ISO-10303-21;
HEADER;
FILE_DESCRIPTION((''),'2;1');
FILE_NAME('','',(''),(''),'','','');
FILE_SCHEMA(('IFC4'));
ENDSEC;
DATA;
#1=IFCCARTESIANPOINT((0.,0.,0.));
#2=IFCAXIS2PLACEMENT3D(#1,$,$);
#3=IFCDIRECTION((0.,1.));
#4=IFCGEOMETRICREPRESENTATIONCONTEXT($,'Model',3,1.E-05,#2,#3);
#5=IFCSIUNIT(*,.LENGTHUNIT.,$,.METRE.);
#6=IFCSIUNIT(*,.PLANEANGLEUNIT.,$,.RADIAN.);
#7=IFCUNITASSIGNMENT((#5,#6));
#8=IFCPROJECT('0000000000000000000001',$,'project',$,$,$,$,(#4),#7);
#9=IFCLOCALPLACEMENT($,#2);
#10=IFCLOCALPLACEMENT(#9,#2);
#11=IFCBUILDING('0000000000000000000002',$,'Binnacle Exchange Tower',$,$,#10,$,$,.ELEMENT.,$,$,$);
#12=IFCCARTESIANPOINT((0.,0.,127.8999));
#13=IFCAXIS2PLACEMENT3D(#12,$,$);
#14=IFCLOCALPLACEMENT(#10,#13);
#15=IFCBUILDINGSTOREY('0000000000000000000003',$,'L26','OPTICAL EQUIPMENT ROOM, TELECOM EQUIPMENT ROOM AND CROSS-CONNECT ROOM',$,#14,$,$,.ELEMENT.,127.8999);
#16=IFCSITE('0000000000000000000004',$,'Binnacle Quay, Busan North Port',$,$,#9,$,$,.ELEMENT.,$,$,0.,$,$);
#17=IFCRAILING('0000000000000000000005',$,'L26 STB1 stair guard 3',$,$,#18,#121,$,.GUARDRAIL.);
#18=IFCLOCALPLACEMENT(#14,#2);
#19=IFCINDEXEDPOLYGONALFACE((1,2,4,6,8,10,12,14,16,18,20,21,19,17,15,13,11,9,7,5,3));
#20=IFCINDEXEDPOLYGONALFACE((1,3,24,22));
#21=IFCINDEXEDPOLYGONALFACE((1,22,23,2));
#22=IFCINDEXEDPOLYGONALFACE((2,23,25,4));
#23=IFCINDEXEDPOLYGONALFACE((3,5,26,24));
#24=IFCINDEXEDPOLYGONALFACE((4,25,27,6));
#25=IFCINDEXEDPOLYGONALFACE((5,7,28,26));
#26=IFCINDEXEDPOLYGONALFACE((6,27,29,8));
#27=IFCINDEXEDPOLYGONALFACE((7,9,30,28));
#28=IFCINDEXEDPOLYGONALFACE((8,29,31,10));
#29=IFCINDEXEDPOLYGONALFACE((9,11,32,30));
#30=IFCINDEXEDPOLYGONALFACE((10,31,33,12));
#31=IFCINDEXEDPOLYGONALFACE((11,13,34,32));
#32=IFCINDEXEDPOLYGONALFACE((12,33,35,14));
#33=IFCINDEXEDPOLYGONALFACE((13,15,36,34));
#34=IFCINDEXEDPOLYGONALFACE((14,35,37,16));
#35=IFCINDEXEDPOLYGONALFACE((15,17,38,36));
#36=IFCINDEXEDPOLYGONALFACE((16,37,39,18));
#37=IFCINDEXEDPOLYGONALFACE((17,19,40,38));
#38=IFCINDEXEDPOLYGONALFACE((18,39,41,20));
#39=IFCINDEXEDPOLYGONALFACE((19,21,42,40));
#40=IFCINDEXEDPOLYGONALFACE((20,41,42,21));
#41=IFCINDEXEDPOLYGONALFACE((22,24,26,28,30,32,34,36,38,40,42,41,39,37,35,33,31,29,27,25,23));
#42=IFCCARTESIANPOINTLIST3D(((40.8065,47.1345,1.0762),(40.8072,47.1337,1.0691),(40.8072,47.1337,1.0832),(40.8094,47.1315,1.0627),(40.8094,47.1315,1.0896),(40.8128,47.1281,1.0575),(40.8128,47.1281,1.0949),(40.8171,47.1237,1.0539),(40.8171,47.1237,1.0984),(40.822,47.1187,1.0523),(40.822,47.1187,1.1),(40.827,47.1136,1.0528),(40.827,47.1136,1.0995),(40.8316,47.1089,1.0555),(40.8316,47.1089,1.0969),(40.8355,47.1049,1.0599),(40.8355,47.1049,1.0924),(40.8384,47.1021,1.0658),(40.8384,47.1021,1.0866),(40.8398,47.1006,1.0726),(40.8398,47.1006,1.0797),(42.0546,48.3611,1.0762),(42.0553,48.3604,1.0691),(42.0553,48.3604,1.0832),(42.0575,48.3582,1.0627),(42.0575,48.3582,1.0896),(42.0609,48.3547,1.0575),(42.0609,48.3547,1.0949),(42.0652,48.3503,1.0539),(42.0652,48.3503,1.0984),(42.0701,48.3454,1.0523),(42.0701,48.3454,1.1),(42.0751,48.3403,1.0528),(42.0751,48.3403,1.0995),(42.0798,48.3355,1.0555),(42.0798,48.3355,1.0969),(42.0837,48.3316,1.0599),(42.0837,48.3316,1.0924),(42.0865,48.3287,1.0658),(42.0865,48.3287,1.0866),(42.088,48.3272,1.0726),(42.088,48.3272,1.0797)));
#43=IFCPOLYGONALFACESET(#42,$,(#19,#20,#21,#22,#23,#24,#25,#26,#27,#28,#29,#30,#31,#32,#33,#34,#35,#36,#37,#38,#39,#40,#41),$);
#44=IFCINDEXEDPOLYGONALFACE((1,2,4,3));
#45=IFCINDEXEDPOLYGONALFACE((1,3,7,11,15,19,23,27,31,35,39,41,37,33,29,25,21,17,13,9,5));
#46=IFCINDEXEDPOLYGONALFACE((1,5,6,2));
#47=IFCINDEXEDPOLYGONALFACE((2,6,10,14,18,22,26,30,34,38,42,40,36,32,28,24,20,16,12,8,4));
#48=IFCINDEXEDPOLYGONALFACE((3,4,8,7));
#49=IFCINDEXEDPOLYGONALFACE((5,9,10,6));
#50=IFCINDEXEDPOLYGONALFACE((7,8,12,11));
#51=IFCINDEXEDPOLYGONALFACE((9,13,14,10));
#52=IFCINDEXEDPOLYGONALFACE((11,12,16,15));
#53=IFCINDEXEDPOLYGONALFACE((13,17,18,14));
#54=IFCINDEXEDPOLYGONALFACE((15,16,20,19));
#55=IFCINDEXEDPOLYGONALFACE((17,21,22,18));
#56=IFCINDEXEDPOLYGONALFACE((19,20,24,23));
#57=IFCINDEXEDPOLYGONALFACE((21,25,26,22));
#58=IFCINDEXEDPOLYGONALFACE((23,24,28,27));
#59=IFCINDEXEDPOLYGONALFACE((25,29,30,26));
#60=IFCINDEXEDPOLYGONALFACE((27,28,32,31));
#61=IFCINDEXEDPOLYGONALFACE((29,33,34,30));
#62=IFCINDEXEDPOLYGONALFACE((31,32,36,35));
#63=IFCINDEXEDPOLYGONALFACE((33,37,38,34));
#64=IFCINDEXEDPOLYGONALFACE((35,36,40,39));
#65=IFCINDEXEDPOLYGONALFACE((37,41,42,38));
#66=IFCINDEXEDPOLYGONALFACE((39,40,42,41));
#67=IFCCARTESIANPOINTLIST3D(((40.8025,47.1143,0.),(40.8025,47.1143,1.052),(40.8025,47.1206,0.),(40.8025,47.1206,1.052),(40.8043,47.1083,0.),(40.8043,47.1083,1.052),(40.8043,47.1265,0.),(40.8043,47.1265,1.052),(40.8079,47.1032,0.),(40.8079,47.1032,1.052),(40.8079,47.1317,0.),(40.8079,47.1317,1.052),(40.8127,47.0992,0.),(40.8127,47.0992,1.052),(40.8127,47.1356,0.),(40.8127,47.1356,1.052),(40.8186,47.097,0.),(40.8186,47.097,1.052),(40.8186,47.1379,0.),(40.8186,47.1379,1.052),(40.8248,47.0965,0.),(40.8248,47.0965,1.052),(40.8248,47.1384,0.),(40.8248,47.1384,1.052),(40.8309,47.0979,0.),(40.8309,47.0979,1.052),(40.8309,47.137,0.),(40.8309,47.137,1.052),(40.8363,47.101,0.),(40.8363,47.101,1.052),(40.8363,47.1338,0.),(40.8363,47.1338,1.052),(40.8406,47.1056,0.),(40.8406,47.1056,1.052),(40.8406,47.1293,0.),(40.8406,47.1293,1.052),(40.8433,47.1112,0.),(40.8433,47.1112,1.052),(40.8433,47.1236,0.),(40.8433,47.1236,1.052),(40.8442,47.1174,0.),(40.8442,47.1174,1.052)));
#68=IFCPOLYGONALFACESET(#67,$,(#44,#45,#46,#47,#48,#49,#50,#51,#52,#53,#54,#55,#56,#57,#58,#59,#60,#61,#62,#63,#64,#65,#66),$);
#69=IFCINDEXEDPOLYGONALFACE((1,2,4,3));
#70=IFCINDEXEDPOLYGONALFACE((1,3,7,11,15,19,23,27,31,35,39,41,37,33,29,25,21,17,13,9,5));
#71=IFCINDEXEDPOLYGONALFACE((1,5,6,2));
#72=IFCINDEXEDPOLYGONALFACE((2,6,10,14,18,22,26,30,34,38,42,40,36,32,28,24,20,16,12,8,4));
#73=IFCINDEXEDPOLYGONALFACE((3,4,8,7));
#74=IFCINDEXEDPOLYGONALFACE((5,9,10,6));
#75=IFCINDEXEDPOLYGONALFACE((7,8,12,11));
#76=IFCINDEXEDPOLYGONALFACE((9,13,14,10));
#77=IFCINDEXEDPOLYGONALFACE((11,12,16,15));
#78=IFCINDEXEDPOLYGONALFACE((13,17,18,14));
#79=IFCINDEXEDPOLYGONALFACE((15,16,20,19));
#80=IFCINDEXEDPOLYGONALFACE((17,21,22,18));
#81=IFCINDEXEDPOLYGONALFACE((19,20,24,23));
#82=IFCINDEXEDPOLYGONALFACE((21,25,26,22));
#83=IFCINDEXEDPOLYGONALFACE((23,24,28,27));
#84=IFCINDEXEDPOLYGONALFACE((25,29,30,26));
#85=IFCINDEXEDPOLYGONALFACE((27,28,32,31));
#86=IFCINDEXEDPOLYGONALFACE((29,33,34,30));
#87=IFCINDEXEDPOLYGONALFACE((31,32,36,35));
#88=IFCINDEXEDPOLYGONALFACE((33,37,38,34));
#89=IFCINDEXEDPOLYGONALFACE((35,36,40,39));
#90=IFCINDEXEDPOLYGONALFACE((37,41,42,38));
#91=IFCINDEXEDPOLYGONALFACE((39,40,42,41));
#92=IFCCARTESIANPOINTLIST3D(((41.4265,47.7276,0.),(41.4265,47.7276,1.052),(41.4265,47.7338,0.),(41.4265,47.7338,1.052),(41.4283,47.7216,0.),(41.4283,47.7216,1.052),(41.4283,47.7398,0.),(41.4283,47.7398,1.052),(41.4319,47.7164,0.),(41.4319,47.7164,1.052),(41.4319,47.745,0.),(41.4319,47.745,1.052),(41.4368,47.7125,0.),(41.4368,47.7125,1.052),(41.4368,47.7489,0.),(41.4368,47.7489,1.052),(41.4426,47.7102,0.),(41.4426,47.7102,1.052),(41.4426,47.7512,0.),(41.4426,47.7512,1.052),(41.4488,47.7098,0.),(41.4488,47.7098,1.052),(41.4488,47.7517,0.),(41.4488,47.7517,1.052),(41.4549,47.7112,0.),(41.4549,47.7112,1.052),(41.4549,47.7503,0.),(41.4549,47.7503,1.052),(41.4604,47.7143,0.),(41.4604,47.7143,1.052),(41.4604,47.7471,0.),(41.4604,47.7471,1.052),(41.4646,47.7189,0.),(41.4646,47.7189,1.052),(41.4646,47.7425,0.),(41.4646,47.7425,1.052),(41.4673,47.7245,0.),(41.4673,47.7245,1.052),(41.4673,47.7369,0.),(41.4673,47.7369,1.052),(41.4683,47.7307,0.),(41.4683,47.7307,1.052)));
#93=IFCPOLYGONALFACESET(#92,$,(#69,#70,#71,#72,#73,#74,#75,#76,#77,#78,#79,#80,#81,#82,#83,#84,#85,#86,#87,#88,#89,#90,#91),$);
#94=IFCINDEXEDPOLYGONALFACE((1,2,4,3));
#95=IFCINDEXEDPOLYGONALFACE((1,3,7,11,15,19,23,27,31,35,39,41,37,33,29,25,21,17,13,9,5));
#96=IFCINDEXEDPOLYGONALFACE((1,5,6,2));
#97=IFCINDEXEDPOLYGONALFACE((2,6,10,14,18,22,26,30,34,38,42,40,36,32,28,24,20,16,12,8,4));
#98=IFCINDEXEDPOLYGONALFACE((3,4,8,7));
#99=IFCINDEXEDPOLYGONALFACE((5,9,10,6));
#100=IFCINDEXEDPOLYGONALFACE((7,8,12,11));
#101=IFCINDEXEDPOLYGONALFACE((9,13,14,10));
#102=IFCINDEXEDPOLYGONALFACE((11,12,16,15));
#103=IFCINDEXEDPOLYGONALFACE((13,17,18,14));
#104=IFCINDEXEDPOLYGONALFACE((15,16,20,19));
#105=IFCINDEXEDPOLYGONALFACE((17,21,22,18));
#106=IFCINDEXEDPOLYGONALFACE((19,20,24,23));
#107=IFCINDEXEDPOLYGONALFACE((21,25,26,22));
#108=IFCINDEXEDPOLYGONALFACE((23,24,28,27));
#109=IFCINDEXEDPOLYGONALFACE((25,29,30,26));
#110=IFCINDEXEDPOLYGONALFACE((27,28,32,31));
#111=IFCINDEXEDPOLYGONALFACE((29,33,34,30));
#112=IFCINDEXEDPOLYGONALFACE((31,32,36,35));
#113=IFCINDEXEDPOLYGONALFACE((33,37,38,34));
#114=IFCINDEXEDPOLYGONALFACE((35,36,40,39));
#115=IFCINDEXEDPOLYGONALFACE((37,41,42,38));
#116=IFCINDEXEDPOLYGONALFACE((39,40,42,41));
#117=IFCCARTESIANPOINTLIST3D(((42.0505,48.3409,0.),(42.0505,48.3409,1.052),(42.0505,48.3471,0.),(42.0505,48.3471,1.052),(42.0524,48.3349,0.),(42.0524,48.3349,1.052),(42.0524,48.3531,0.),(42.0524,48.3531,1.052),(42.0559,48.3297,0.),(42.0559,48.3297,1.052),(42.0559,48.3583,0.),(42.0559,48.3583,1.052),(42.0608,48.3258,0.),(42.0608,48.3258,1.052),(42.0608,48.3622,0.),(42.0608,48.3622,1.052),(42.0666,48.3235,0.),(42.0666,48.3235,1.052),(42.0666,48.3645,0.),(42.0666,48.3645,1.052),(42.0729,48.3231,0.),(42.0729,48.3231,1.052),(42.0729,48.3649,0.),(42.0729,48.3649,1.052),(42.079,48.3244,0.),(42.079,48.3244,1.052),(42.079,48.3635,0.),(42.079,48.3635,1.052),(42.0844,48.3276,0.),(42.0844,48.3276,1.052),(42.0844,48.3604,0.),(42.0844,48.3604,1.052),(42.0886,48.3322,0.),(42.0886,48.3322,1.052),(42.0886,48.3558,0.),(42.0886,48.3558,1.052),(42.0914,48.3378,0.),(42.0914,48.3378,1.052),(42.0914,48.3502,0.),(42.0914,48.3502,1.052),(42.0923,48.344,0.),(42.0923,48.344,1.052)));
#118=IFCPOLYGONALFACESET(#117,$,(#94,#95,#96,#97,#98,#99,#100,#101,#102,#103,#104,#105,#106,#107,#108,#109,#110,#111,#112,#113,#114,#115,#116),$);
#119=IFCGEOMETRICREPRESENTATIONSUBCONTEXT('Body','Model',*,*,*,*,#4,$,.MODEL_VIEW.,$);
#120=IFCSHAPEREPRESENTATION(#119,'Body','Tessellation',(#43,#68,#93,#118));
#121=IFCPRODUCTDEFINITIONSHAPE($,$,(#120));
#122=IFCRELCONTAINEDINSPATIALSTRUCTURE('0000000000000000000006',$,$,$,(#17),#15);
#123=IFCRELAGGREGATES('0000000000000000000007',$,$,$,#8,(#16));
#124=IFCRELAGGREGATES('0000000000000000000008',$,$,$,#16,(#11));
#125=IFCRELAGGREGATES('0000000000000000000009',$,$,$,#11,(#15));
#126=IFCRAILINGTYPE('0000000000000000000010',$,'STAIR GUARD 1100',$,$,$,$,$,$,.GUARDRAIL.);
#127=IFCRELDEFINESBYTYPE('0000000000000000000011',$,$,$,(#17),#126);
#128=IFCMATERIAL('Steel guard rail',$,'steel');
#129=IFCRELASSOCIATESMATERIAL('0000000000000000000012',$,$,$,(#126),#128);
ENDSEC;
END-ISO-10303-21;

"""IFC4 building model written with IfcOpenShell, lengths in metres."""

from ifc_helpers import new_model, si_unit, direction, frame, origin, origin_2d, place, context, subcontext, project, spatial, circle, extrude, material, type_object, element, save


model = new_model("IFC4")

# Units and contexts
model_context = context("Model", 3, precision=1e-05, world=origin(), true_north=direction((0.0, 1.0)))
body_context = subcontext(model_context, "Body", "Model", "MODEL_VIEW")
ifc_project = project(units=[si_unit("LENGTHUNIT", "METRE"), si_unit("PLANEANGLEUNIT", "RADIAN")], contexts=[model_context])

# Site, building, storey
site_placement = place(None, origin())
site = spatial("IfcSite", under=ifc_project, at=site_placement, Name="Binnacle Quay, Busan North Port", CompositionType="ELEMENT", RefElevation=0.0)
building_placement = place(site_placement, origin())
building = spatial("IfcBuilding", under=site, at=building_placement, Name="Binnacle Exchange Tower", CompositionType="ELEMENT")
storey_placement = place(building_placement, frame((0.0, 0.0, 127.8999)))
storey = spatial("IfcBuildingStorey", under=building, at=storey_placement, Name="L26", Description="OPTICAL EQUIPMENT ROOM, TELECOM EQUIPMENT ROOM AND CROSS-CONNECT ROOM", CompositionType="ELEMENT", Elevation=127.8999)

# Railing
ifc_material_1 = material(Name="Steel guard rail", Category="steel")
railing_type_1 = type_object("IfcRailingType", Name="STAIR GUARD 1100", PredefinedType="GUARDRAIL", material=ifc_material_1)
railing_1_placement = place(storey_placement, frame((40.8232, 47.1174, 0.0)))
element("IfcRailing", 1, at=railing_1_placement, inside=storey, type_object=railing_type_1, Name="L26 STB1 stair guard 3", PredefinedType="GUARDRAIL", context=body_context, shape_type="SweptSolid", body=[
    extrude(circle(Radius=0.0239, at=origin_2d()), frame((0.0, 0.0, 1.0762), z_axis=(0.713219, 0.700941, 0.0), x_axis=(-0.700941, 0.713219, 0.0)), (0.0, 0.0, 1.0), 1.75),
    extrude(circle(Radius=0.021, at=origin_2d()), origin(), (0.0, 0.0, 1.0), 1.052),
    extrude(circle(Radius=0.021, at=origin_2d()), frame((0.624, 0.6133, 0.0)), (0.0, 0.0, 1.0), 1.052),
    extrude(circle(Radius=0.021, at=origin_2d()), frame((1.248, 1.2266, 0.0)), (0.0, 0.0, 1.0), 1.052),
])

save(model, "model.ifc")
